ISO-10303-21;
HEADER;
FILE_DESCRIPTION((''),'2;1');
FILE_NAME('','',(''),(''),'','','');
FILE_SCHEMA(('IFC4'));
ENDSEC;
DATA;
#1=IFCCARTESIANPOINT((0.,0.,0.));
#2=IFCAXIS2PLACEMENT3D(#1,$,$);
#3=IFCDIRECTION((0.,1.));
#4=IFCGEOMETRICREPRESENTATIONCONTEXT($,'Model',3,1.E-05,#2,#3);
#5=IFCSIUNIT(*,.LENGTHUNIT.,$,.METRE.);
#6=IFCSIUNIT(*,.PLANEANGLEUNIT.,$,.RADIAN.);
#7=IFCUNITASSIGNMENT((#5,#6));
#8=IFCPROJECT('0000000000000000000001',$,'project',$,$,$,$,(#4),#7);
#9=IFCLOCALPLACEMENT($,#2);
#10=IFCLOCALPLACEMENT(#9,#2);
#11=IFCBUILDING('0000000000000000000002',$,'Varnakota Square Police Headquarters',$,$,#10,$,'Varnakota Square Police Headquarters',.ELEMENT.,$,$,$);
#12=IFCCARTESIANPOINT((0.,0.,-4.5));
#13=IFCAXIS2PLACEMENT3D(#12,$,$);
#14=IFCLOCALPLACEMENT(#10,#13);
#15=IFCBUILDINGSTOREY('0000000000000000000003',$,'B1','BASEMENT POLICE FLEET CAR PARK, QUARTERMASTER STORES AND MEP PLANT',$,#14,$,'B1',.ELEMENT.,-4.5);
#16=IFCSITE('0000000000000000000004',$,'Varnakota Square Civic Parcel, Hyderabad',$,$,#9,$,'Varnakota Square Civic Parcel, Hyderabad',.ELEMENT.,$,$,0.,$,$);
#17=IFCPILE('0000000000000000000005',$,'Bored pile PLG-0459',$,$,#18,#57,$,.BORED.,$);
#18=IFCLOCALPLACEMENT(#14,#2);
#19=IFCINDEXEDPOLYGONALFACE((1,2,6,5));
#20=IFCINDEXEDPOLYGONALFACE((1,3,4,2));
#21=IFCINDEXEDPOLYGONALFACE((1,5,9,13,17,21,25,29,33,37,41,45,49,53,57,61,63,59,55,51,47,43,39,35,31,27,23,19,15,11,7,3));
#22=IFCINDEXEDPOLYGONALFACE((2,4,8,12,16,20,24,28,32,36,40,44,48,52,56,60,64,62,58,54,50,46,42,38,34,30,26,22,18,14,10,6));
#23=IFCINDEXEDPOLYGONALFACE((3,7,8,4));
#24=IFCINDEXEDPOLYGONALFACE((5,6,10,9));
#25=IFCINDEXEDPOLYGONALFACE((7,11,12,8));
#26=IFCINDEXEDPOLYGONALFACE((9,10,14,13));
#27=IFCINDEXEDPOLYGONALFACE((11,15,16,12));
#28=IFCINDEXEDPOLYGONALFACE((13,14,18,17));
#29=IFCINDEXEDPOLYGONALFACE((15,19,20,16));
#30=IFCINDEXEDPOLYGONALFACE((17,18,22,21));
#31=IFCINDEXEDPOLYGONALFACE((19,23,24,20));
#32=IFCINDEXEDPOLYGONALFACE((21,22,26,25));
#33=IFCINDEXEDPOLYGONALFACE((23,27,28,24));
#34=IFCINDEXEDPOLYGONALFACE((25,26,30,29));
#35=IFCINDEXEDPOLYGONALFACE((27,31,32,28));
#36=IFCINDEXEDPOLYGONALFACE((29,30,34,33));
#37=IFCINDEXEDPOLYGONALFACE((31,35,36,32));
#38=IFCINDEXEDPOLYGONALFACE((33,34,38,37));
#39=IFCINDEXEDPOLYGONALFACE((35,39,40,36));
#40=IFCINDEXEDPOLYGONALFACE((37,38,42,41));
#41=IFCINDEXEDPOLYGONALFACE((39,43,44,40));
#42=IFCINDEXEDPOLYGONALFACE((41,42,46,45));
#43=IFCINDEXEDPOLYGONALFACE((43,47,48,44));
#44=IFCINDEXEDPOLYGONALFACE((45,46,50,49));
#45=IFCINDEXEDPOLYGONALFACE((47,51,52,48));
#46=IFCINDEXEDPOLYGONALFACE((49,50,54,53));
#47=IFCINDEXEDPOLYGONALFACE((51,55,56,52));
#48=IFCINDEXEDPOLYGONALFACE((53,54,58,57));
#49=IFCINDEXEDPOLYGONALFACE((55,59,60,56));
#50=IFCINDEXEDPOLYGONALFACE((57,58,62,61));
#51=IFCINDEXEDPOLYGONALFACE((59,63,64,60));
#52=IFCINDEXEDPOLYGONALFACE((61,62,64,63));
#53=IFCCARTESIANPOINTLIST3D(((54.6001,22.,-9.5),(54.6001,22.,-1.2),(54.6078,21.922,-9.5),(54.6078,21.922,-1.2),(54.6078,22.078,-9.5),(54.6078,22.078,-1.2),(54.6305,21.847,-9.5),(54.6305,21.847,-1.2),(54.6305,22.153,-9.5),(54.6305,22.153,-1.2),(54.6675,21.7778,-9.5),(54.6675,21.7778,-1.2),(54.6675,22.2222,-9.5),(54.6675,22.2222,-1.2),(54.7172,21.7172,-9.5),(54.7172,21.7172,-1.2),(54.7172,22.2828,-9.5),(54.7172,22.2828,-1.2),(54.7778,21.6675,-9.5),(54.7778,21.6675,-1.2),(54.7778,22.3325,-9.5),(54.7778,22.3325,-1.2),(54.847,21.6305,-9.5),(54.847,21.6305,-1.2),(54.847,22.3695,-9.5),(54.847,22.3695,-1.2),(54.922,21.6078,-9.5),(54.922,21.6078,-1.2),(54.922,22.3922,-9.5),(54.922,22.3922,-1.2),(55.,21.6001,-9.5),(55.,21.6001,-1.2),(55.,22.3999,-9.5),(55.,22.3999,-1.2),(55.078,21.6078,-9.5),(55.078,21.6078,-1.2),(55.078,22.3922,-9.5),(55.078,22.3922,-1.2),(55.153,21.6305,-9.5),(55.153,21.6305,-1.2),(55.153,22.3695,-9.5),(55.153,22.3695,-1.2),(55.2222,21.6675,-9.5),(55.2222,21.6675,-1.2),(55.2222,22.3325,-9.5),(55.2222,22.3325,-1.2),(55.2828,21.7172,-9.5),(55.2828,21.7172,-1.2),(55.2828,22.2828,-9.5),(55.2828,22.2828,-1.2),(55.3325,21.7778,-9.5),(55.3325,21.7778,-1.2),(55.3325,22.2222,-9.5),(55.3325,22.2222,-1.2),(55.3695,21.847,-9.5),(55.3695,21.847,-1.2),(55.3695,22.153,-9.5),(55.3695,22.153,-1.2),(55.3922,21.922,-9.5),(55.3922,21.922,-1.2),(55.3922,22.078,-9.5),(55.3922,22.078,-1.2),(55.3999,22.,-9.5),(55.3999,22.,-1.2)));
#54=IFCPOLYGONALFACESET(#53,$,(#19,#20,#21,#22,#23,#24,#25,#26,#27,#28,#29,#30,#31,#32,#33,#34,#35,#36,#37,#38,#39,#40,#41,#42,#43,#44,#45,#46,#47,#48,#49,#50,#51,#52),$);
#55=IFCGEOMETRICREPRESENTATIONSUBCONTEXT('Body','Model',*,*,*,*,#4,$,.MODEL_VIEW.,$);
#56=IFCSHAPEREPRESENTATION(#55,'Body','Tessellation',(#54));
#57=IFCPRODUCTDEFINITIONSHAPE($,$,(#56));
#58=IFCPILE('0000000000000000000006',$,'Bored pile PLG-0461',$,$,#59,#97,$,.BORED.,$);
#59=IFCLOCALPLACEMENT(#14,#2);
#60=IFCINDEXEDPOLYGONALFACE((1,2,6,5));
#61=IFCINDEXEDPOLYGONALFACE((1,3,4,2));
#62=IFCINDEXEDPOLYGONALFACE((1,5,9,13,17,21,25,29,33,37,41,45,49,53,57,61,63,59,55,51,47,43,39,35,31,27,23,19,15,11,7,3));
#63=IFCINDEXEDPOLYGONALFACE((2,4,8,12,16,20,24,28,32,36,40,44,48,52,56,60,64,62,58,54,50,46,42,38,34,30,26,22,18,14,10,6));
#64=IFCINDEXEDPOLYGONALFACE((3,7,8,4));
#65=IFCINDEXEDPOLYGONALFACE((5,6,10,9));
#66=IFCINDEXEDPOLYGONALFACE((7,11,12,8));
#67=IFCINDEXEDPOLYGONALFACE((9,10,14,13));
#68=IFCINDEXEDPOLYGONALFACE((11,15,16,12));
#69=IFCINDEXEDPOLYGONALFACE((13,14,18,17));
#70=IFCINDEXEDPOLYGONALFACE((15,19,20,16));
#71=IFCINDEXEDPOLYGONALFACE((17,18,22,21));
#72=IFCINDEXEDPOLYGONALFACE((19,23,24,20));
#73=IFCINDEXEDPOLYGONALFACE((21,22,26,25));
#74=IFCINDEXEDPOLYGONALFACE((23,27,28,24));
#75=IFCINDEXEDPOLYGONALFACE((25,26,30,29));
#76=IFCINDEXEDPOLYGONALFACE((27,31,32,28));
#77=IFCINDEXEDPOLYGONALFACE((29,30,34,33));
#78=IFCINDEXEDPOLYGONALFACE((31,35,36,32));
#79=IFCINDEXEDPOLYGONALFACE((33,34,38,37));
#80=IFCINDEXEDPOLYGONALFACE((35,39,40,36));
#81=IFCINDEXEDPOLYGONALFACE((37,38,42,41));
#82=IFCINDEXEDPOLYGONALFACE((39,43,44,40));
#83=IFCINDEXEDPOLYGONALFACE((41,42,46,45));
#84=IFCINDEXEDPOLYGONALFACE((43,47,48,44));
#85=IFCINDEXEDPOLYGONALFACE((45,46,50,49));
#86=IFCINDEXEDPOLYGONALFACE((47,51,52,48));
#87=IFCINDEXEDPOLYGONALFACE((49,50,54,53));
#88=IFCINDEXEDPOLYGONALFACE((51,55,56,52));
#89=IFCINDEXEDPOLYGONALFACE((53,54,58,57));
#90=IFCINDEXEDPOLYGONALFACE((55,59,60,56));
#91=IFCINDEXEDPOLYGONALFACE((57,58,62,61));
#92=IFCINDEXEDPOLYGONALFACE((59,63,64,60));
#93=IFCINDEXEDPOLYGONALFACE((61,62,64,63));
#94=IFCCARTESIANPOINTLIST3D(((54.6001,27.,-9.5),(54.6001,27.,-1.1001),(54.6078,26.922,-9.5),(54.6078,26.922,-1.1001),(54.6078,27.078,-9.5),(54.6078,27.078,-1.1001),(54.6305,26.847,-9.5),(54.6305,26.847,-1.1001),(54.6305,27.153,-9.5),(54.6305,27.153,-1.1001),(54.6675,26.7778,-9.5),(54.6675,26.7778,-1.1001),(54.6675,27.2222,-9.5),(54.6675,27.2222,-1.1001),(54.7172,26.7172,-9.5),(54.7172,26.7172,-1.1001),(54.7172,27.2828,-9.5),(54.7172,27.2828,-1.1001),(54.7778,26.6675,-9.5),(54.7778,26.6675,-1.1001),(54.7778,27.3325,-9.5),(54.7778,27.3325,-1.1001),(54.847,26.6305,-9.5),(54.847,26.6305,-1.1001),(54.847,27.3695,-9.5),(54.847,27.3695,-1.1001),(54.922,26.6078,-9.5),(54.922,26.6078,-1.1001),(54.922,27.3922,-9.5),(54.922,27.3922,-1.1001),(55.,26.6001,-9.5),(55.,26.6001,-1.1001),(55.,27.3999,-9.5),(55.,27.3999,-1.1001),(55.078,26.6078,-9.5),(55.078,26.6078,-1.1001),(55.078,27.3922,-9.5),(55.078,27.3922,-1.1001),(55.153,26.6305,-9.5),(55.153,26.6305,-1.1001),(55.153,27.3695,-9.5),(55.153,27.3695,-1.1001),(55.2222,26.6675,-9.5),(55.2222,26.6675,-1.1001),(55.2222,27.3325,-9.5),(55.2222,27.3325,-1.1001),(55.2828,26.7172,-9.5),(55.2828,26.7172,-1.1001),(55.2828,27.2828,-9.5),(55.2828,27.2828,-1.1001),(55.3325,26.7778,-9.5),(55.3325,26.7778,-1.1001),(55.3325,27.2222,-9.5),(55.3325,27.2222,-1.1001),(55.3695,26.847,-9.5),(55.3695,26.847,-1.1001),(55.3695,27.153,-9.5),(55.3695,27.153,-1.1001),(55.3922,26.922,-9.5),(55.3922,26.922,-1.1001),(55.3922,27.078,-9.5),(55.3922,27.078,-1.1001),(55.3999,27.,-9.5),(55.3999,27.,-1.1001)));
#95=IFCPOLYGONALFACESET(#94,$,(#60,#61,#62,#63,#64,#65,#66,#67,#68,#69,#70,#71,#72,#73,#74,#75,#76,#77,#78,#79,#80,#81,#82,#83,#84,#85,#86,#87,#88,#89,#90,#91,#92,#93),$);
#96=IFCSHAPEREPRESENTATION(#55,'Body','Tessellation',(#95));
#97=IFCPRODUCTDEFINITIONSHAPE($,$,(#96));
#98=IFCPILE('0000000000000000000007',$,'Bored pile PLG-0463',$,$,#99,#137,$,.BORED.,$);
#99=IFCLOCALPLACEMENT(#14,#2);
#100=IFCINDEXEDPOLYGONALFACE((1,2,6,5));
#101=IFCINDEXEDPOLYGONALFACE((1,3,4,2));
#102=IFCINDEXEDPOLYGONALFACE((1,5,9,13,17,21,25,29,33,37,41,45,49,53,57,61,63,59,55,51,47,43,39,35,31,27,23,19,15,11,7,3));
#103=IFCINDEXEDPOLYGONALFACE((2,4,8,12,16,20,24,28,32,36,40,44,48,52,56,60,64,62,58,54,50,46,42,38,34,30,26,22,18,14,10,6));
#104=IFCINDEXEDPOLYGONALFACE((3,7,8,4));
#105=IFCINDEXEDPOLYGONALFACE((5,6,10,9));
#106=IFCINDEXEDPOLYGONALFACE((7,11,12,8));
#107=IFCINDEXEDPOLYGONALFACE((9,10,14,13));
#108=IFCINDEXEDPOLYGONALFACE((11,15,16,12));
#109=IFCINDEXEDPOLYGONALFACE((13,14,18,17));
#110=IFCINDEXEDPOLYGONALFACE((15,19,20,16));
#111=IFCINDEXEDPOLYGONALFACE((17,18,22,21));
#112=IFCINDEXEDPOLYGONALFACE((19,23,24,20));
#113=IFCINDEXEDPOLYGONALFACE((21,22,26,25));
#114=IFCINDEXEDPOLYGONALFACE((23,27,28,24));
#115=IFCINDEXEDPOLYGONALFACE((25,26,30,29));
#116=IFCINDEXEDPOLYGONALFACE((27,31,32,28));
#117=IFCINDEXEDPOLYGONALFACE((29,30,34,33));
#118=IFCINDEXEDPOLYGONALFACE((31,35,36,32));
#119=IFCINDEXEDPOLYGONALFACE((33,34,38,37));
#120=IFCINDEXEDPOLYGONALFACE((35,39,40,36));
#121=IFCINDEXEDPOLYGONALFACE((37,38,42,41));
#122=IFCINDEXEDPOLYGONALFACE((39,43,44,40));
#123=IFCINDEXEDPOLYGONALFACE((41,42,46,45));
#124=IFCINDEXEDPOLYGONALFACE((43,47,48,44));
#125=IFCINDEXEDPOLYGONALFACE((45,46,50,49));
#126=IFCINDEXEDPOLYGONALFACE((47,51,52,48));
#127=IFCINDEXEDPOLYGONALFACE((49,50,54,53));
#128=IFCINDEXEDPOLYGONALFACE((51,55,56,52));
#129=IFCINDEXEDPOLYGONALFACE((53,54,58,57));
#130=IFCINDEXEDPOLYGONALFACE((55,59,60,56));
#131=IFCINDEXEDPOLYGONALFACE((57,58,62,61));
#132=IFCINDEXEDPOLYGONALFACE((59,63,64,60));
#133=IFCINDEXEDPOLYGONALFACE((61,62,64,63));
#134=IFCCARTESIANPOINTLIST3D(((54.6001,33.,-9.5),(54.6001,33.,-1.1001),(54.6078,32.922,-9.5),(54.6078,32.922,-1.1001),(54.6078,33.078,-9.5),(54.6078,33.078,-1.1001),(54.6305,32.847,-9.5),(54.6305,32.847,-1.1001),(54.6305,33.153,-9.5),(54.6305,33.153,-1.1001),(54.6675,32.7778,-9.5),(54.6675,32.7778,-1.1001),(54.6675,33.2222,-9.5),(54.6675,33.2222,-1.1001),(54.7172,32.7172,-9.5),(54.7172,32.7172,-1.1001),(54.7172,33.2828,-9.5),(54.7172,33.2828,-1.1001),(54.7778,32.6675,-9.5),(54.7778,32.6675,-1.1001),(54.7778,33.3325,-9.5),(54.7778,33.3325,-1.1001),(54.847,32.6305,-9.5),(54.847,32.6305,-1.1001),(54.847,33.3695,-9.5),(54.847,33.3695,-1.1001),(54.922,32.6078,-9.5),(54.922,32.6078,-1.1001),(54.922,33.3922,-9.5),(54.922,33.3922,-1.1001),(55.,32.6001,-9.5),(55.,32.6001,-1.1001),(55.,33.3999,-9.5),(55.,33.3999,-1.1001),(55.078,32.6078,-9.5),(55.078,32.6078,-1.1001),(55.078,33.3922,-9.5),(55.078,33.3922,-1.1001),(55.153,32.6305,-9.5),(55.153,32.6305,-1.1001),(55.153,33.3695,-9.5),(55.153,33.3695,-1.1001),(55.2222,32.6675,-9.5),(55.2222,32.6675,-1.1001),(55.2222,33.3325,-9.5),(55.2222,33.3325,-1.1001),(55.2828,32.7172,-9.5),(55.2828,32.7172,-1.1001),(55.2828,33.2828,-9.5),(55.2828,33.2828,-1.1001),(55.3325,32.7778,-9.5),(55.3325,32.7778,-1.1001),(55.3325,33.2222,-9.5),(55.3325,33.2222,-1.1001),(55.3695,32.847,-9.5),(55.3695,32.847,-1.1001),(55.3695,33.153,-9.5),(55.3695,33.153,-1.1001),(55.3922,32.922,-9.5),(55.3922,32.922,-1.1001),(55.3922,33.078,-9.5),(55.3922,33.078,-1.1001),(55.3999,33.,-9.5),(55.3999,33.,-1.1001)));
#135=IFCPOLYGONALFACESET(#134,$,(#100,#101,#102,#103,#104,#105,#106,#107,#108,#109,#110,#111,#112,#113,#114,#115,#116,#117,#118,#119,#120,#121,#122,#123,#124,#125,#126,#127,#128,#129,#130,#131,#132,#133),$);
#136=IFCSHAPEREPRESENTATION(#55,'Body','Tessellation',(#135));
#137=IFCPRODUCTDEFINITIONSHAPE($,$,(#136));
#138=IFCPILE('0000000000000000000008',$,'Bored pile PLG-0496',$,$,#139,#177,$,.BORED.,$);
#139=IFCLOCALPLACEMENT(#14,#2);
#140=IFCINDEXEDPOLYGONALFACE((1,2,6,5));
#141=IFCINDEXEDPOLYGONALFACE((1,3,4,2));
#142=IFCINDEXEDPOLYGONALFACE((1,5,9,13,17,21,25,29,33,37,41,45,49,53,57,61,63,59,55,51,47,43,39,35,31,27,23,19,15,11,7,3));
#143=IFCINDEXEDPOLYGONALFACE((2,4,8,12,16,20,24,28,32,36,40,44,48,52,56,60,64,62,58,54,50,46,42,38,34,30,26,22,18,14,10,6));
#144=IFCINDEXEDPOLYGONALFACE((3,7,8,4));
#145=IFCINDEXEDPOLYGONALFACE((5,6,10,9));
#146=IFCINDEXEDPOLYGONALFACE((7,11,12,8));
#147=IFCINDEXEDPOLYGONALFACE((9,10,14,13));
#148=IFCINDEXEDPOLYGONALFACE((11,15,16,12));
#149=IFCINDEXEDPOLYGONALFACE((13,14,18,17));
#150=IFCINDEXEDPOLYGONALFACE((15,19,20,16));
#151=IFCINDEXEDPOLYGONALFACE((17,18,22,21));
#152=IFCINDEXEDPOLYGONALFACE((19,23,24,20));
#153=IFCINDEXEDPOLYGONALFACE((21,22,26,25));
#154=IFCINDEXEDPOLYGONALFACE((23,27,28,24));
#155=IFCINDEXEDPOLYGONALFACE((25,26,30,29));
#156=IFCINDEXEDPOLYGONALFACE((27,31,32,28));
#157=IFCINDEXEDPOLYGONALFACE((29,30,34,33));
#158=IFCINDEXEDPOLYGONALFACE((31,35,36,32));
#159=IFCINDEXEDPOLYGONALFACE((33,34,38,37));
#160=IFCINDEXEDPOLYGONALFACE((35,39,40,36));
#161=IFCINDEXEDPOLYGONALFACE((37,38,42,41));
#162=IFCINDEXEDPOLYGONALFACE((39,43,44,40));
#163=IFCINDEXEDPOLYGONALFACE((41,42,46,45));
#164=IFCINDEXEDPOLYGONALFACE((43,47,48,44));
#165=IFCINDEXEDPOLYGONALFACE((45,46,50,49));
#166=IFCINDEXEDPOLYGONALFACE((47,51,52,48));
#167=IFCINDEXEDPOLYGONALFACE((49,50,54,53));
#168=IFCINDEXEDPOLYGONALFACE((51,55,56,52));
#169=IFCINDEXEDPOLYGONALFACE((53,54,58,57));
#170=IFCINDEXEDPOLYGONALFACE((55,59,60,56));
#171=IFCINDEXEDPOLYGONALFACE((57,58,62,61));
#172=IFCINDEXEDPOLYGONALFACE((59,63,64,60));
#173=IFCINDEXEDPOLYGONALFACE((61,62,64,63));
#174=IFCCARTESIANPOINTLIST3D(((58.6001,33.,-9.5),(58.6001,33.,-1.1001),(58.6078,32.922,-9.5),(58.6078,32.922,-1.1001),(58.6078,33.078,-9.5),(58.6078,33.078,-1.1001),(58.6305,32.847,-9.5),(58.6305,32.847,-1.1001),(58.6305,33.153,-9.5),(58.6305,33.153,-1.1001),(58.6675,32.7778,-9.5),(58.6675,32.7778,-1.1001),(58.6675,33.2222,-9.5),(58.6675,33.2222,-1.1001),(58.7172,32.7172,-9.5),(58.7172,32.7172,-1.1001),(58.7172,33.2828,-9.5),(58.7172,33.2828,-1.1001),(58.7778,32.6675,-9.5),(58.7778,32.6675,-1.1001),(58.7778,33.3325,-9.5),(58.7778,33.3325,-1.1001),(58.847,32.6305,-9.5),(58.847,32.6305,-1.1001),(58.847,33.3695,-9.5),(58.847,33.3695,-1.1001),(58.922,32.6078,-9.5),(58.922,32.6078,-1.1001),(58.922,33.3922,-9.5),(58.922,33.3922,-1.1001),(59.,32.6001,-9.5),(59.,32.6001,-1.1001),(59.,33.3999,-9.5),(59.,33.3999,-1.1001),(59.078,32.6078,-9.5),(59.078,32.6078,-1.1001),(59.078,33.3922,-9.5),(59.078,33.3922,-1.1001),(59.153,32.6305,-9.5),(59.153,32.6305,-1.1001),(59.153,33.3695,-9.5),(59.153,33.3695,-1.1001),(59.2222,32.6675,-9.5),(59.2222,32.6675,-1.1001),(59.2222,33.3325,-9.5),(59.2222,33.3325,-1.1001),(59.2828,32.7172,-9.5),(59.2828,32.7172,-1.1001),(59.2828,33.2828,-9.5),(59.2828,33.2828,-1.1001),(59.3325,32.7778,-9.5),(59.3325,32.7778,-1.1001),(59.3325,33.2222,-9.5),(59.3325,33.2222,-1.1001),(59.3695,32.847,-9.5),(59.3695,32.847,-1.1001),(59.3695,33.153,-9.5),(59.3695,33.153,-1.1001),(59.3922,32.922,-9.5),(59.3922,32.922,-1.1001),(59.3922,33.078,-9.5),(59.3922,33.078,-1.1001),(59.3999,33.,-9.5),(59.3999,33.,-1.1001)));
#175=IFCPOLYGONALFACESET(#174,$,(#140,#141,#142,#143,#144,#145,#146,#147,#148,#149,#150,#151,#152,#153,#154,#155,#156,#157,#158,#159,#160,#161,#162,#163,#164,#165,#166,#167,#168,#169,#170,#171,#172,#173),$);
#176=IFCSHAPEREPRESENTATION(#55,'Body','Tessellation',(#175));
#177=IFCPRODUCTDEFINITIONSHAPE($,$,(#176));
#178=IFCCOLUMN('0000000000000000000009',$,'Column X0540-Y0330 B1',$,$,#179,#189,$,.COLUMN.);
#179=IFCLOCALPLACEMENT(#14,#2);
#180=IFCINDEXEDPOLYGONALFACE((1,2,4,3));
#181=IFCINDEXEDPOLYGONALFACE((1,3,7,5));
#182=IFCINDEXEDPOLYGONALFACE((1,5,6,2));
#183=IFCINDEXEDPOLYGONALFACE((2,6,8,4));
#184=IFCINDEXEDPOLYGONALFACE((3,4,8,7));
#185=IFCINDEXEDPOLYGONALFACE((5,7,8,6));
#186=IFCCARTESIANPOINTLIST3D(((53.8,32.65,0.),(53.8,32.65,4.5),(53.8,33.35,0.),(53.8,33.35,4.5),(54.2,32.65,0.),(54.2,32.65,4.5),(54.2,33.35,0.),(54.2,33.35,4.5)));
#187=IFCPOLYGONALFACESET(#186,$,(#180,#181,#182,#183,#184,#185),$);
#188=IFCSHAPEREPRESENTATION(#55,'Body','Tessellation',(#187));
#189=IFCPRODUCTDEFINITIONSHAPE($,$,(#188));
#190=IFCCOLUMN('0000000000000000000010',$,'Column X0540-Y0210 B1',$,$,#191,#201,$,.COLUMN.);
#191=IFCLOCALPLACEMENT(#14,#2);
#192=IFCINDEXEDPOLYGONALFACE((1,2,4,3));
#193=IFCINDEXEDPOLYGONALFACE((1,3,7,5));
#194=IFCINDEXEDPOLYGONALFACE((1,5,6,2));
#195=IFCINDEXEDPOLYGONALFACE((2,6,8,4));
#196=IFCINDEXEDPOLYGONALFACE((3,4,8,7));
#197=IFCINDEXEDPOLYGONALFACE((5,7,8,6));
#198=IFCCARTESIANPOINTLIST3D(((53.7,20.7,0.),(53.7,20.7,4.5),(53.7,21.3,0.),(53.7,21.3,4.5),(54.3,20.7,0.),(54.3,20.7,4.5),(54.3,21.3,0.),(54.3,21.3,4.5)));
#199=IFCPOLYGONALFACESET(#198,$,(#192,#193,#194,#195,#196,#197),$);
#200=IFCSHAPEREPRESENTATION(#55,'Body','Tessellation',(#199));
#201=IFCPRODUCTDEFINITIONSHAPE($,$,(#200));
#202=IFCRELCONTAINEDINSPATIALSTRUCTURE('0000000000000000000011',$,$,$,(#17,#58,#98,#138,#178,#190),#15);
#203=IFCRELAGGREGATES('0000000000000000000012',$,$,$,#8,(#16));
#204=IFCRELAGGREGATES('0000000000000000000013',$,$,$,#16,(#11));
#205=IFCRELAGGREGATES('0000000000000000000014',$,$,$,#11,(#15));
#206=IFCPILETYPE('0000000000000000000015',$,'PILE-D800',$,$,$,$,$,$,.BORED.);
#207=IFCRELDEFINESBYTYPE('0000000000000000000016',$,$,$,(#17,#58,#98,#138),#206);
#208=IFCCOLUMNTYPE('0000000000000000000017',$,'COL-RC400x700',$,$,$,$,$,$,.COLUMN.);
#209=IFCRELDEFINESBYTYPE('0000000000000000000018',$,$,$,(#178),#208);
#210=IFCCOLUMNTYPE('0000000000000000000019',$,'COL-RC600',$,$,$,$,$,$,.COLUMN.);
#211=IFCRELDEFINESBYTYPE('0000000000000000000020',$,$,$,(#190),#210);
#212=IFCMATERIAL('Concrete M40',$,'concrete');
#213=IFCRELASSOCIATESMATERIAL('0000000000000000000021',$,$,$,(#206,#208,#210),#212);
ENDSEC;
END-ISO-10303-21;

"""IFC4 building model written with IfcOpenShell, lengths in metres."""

from ifc_helpers import new_model, si_unit, direction, frame, origin, origin_2d, place, context, subcontext, project, spatial, rectangle, circle, extrude, material, material_profile, profile_set, type_object, element, save


model = new_model("IFC4")

# Units and contexts
model_context = context("Model", 3, precision=1e-05, world=origin(), true_north=direction((0.0, 1.0)))
body_context = subcontext(model_context, "Body", "Model", "MODEL_VIEW")
ifc_project = project(units=[si_unit("LENGTHUNIT", "METRE"), si_unit("PLANEANGLEUNIT", "RADIAN")], contexts=[model_context])

# Site, building, storey
site_placement = place(None, origin())
site = spatial("IfcSite", under=ifc_project, at=site_placement, Name="Varnakota Square Civic Parcel, Hyderabad", LongName="Varnakota Square Civic Parcel, Hyderabad", CompositionType="ELEMENT", RefElevation=0.0)
building_placement = place(site_placement, origin())
building = spatial("IfcBuilding", under=site, at=building_placement, Name="Varnakota Square Police Headquarters", LongName="Varnakota Square Police Headquarters", CompositionType="ELEMENT")
storey_placement = place(building_placement, frame((0.0, 0.0, -4.5)))
storey = spatial("IfcBuildingStorey", under=building, at=storey_placement, Name="B1", Description="BASEMENT POLICE FLEET CAR PARK, QUARTERMASTER STORES AND MEP PLANT", LongName="B1", CompositionType="ELEMENT", Elevation=-4.5)

# Shared definitions
ifc_material_1 = material(Name="Concrete M40", Category="concrete")

# Piles
ifc_material_profile_1 = material_profile(ifc_material_1, circle(Radius=0.3999, at=origin_2d()), Name="BORED PILE 800")
ifc_profile_set_1 = profile_set([ifc_material_profile_1], Name="Concrete M40")
pile_type = type_object("IfcPileType", Name="PILE-D800", PredefinedType="BORED", material=ifc_profile_set_1)
for number, where, z_axis, x_axis, name in (
    (1, (55.0, 22.0, -1.2), (0.0, 0.0, -1.0), (1.0, 0.0, 0.0), "Bored pile PLG-0459"),
):
    element("IfcPile", number, at=place(storey_placement, frame(where, z_axis=z_axis, x_axis=x_axis)), inside=storey, type_object=pile_type, Name=name, PredefinedType="BORED", context=body_context, shape_type="SweptSolid", body=[
        extrude(circle(Radius=0.3999, at=origin_2d()), origin(), (0.0, 0.0, 1.0), 8.3),
    ])
for number, where, z_axis, x_axis, name in (
    (2, (55.0, 27.0, -1.1001), (0.0, 0.0, -1.0), (1.0, 0.0, 0.0), "Bored pile PLG-0461"),
    (3, (55.0, 33.0, -1.1001), (0.0, 0.0, -1.0), (1.0, 0.0, 0.0), "Bored pile PLG-0463"),
    (4, (59.0, 33.0, -1.1001), (0.0, 0.0, -1.0), (1.0, 0.0, 0.0), "Bored pile PLG-0496"),
):
    element("IfcPile", number, at=place(storey_placement, frame(where, z_axis=z_axis, x_axis=x_axis)), inside=storey, type_object=pile_type, Name=name, PredefinedType="BORED", context=body_context, shape_type="SweptSolid", body=[
        extrude(circle(Radius=0.3999, at=origin_2d()), origin(), (0.0, 0.0, 1.0), 8.3999),
    ])

# Columns
ifc_material_profile_2 = material_profile(ifc_material_1, rectangle(XDim=0.3999, YDim=0.7, at=origin_2d()), Name="RC 400x700")
ifc_profile_set_2 = profile_set([ifc_material_profile_2], Name="Concrete M40")
column_type_1 = type_object("IfcColumnType", Name="COL-RC400x700", PredefinedType="COLUMN", material=ifc_profile_set_2)
column_placement = place(storey_placement, frame((54.0, 33.0, 0.0), z_axis=(0.0, 0.0, 1.0), x_axis=(1.0, 0.0, 0.0)))
element("IfcColumn", 5, at=column_placement, inside=storey, type_object=column_type_1, Name="Column X0540-Y0330 B1", PredefinedType="COLUMN", context=body_context, shape_type="SweptSolid", body=[
    extrude(rectangle(XDim=0.3999, YDim=0.7, at=origin_2d()), origin(), (0.0, 0.0, 1.0), 4.5),
])
ifc_material_profile_3 = material_profile(ifc_material_1, rectangle(XDim=0.6001, YDim=0.6001, at=origin_2d()), Name="RC 600x600")
ifc_profile_set_3 = profile_set([ifc_material_profile_3], Name="Concrete M40")
column_type_2 = type_object("IfcColumnType", Name="COL-RC600", PredefinedType="COLUMN", material=ifc_profile_set_3)
for number, where, z_axis, x_axis, name in (
    (6, (54.0, 21.0, 0.0), (0.0, 0.0, 1.0), (1.0, 0.0, 0.0), "Column X0540-Y0210 B1"),
):
    element("IfcColumn", number, at=place(storey_placement, frame(where, z_axis=z_axis, x_axis=x_axis)), inside=storey, type_object=column_type_2, Name=name, PredefinedType="COLUMN", context=body_context, shape_type="SweptSolid", body=[
        extrude(rectangle(XDim=0.6001, YDim=0.6001, at=origin_2d()), origin(), (0.0, 0.0, 1.0), 4.5),
    ])

save(model, "model.ifc")
